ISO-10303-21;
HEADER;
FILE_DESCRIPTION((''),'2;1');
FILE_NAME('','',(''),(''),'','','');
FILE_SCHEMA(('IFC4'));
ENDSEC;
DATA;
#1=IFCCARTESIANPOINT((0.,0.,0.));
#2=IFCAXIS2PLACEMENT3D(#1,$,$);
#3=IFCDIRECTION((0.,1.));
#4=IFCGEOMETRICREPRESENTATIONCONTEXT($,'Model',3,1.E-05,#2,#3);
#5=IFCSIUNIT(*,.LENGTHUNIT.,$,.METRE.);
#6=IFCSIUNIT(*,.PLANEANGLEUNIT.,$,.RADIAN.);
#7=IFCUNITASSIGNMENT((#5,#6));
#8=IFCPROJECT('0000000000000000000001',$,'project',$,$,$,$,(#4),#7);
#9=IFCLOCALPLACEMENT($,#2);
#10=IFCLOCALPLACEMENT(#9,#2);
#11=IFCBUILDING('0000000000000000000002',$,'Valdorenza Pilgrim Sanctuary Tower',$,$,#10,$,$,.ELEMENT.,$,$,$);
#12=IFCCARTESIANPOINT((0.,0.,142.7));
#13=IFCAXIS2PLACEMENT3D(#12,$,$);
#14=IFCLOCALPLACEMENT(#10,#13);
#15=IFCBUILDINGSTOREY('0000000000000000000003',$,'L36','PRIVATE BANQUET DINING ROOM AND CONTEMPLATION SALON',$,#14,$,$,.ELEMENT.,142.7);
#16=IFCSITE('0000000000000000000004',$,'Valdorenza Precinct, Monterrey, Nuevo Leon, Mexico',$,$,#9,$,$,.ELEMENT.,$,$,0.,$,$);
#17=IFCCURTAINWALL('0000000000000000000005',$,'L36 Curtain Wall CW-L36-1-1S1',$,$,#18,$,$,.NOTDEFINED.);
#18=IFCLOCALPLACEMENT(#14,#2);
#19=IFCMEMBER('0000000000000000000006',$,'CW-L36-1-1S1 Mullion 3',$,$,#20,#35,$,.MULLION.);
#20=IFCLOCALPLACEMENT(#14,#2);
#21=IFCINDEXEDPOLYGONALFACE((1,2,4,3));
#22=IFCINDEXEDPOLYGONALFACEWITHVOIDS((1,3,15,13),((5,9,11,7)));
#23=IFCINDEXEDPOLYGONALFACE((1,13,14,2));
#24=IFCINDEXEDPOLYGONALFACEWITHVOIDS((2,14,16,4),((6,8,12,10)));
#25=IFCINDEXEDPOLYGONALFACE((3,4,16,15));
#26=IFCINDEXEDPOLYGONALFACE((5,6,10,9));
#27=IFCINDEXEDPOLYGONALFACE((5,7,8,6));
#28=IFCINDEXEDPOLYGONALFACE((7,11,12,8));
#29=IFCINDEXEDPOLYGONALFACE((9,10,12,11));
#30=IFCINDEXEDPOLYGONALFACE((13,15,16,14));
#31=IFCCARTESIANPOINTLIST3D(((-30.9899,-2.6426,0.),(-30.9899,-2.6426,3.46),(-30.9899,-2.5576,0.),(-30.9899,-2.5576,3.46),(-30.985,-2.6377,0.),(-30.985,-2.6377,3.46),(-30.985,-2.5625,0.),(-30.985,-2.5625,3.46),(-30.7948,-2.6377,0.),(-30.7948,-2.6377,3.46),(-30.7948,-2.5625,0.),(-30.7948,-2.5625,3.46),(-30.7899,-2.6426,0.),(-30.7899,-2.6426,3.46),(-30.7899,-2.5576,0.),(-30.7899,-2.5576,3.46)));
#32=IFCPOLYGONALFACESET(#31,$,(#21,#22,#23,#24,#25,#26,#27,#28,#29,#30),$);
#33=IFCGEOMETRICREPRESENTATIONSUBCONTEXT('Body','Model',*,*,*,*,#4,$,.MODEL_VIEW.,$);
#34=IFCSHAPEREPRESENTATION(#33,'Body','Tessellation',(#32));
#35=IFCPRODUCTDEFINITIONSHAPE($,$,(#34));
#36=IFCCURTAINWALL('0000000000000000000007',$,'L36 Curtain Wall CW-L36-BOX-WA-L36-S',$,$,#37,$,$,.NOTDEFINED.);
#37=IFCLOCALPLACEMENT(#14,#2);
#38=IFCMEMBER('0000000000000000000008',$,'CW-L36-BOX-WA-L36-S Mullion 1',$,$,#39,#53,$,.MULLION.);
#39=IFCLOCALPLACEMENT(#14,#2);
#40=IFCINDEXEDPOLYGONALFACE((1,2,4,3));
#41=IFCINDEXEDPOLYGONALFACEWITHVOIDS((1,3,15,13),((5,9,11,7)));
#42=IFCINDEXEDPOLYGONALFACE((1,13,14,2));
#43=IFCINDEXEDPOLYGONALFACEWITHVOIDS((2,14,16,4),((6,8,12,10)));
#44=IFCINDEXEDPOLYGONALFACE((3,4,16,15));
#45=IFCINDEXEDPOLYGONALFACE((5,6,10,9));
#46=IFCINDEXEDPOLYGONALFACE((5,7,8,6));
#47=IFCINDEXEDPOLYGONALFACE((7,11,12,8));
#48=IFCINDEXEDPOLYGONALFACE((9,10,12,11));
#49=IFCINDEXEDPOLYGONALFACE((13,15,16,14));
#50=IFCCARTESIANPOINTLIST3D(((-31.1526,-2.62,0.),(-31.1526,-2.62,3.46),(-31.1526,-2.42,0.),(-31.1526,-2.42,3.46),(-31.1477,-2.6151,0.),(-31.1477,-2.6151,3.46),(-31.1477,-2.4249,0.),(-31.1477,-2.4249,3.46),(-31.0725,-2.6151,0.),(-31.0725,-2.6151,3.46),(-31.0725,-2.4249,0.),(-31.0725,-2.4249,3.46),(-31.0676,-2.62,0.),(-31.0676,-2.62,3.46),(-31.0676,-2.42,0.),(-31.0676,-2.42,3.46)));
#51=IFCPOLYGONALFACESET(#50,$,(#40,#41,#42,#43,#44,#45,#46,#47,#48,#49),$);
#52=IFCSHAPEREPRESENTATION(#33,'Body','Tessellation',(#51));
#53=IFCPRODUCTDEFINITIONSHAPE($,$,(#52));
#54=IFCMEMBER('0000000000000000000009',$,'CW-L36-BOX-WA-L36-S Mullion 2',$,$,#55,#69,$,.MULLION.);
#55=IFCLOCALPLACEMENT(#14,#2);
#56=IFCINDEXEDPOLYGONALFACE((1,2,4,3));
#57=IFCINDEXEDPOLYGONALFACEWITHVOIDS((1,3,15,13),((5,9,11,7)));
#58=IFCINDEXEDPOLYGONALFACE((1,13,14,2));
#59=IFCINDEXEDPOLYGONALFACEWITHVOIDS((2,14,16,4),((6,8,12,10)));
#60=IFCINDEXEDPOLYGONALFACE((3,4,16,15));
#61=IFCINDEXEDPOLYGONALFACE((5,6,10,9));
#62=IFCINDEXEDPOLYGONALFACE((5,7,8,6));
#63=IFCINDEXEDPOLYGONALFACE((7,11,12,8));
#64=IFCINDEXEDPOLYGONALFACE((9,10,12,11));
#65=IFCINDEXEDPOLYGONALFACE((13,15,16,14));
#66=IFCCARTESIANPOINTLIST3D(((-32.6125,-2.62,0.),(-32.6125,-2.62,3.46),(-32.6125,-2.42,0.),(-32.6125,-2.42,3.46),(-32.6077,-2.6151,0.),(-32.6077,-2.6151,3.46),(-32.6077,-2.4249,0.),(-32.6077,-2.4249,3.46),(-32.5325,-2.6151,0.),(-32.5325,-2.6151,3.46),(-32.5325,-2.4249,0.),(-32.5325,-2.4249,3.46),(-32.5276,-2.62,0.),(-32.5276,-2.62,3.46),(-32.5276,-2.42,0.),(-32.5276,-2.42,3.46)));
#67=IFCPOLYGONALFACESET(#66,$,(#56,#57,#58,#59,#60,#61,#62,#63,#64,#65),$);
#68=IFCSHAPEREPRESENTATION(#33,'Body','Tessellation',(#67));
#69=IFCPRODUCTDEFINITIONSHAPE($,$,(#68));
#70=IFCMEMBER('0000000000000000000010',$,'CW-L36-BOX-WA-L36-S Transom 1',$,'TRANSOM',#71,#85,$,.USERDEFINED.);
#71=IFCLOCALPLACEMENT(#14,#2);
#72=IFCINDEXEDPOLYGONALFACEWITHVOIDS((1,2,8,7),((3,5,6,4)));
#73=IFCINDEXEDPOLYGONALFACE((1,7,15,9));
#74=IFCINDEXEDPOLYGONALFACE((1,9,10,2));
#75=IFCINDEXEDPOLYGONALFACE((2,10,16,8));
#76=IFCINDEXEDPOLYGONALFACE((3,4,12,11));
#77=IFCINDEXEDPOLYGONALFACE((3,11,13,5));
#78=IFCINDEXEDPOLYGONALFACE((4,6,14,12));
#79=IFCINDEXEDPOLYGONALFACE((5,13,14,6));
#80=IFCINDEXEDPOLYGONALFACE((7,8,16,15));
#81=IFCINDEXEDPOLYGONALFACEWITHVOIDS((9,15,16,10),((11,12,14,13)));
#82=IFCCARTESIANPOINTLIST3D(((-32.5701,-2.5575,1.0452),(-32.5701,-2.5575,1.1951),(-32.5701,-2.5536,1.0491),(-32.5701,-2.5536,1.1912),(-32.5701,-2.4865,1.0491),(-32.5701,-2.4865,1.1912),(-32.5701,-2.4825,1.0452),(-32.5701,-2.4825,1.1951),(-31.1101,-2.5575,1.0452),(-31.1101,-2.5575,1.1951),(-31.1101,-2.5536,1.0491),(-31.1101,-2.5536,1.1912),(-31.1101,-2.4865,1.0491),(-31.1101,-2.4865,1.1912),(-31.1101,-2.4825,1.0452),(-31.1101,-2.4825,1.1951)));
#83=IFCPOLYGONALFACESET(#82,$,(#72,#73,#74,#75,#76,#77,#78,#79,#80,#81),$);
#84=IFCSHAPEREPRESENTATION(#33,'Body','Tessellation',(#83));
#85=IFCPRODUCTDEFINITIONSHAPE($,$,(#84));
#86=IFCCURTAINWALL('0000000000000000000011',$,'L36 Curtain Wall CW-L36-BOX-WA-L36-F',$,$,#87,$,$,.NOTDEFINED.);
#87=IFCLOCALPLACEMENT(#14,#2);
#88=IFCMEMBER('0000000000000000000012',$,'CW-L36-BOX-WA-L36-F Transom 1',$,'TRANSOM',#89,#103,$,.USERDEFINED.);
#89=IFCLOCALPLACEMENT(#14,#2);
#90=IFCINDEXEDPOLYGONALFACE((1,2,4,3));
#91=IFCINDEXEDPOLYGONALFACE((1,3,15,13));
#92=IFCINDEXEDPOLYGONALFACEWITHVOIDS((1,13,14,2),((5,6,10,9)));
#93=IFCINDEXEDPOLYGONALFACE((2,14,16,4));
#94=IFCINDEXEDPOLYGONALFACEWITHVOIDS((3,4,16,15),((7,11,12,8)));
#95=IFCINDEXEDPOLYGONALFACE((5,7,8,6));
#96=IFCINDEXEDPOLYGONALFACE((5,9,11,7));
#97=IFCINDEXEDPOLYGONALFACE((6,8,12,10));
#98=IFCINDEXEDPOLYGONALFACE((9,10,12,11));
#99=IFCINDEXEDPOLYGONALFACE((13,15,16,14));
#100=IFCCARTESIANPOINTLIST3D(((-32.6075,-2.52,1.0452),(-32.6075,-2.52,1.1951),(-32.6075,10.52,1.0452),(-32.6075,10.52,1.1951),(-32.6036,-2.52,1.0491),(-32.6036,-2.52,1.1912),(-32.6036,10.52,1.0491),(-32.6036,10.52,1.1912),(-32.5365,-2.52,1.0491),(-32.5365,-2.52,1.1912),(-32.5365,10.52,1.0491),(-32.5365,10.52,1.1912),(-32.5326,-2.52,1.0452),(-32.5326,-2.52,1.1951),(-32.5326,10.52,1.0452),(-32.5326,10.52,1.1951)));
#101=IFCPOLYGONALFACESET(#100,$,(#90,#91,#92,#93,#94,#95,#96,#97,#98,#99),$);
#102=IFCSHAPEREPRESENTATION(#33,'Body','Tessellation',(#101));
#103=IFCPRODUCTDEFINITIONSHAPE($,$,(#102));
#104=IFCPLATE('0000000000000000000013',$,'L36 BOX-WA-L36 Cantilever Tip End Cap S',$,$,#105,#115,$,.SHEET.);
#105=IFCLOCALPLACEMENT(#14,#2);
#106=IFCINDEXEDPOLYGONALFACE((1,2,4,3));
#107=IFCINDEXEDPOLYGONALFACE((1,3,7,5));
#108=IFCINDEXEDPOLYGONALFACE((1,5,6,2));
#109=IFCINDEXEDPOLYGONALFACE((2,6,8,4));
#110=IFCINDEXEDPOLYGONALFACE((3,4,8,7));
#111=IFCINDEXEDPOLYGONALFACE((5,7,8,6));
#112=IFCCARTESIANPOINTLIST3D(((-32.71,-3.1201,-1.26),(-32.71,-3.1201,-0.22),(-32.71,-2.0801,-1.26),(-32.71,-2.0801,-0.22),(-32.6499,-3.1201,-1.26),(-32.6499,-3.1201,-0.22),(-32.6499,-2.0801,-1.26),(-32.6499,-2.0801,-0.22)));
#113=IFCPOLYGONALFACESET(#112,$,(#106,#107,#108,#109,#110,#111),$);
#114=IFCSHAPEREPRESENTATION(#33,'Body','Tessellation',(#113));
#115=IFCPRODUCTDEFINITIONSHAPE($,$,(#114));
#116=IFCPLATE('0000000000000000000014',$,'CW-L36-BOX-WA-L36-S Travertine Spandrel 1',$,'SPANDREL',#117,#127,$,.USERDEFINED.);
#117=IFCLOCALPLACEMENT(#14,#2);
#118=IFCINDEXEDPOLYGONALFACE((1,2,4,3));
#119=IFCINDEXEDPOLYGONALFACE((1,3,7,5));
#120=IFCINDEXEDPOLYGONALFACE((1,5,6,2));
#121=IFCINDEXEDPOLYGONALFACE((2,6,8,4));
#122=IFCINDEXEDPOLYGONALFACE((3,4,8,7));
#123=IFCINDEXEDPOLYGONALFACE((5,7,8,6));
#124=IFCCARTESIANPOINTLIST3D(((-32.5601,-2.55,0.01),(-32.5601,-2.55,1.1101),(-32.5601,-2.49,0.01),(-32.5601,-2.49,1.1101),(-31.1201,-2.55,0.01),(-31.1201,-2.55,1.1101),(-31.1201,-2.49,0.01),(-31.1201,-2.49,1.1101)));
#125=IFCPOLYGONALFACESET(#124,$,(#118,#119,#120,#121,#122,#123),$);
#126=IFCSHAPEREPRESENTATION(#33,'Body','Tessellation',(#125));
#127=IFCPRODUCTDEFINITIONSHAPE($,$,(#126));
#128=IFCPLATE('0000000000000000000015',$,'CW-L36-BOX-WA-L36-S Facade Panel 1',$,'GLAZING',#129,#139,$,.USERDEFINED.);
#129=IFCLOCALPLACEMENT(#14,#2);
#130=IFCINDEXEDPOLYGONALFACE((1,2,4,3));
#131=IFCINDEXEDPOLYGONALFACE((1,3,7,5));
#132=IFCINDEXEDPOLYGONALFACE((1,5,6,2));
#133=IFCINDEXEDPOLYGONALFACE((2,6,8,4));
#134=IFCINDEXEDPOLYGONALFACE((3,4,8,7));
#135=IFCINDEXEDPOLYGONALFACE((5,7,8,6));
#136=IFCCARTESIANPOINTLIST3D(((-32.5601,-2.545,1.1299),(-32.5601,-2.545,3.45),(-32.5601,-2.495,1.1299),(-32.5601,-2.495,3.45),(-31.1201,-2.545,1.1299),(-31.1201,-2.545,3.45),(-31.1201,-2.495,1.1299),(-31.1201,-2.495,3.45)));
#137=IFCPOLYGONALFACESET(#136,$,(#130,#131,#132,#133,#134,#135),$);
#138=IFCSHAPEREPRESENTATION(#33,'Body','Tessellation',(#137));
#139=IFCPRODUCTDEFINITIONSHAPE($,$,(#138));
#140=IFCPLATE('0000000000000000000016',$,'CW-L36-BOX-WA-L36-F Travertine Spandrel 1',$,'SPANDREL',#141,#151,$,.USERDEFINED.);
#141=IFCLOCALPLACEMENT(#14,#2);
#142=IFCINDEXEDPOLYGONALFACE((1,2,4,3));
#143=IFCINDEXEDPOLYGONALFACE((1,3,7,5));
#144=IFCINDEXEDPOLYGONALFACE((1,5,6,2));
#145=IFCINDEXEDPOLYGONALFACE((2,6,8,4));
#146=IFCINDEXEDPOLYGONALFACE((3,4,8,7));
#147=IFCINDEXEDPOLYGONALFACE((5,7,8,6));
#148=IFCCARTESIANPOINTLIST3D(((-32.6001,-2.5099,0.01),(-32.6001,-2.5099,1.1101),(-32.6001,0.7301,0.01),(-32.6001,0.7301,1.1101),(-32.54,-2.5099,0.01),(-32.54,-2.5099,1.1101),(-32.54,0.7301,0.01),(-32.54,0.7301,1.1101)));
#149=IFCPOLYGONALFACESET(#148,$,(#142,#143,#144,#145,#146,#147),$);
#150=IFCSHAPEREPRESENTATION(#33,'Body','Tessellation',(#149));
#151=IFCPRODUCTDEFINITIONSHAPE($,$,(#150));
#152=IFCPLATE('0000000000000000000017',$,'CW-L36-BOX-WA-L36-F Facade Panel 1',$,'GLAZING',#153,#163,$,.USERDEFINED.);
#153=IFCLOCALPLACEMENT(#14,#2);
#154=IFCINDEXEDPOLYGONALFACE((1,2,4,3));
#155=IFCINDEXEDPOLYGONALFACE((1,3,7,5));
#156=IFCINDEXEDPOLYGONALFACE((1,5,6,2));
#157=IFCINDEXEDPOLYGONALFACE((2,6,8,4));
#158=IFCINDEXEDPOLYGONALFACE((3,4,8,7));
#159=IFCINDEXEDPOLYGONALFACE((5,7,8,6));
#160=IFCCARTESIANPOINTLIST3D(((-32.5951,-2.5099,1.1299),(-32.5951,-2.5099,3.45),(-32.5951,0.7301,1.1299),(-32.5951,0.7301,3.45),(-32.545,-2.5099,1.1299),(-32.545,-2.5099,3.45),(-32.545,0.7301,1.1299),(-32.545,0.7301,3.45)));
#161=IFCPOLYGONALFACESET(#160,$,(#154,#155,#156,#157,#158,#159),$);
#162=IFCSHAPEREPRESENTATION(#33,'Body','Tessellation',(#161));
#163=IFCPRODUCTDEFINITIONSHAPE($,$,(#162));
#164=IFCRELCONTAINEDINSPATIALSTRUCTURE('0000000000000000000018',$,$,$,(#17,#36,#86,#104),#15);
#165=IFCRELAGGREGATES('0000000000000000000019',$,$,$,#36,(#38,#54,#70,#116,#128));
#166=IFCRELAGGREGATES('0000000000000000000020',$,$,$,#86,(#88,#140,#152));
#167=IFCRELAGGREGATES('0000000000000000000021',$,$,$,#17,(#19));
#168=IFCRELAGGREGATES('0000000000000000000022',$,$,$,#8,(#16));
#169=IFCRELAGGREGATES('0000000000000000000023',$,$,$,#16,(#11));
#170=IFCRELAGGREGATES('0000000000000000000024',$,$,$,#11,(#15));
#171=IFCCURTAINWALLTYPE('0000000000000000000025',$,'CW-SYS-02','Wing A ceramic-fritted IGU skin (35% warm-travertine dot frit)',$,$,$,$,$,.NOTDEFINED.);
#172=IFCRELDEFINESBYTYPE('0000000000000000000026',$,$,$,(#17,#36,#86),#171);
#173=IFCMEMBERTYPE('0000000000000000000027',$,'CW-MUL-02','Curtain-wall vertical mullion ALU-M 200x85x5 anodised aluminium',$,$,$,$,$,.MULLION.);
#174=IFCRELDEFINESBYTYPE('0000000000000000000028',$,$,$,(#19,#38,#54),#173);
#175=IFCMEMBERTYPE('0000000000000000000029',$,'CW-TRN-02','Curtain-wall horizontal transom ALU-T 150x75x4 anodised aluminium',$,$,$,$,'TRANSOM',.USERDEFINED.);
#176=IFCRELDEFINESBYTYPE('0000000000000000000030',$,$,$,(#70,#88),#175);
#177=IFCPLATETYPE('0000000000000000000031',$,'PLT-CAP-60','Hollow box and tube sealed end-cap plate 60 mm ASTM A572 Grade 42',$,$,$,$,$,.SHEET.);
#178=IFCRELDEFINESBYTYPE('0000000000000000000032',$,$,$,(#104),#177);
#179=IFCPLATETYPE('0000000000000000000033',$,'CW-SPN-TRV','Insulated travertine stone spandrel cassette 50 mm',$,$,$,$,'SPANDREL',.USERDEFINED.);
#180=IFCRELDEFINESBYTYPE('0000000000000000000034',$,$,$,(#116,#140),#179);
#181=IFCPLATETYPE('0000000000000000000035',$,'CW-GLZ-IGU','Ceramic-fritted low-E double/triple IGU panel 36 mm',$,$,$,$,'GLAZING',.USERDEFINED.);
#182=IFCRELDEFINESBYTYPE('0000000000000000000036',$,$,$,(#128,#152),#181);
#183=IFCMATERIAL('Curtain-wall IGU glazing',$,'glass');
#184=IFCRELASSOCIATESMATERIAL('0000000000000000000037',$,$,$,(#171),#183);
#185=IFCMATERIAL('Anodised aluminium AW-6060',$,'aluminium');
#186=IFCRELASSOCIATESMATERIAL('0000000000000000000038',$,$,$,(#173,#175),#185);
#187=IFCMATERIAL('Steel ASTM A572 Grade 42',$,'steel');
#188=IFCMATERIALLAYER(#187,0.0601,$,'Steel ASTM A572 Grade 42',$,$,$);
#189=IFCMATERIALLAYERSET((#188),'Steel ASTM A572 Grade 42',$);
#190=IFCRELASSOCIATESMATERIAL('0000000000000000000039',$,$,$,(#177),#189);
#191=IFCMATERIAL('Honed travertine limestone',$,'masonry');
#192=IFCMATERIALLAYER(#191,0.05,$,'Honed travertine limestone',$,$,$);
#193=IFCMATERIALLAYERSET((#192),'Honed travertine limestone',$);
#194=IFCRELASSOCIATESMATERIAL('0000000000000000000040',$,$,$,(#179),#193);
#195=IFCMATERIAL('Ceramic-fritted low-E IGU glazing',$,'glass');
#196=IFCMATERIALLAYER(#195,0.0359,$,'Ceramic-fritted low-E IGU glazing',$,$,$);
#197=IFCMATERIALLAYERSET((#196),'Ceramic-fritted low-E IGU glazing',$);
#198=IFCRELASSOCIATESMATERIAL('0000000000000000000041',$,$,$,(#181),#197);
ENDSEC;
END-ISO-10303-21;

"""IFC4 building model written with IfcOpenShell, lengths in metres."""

from ifc_helpers import new_model, si_unit, direction, frame, origin, origin_2d, place, context, subcontext, project, spatial, rectangle, hollow_rectangle, extrude, source, transform, mapped, material, layer, layer_set, material_profile, profile_set, type_object, element, aggregate, save


model = new_model("IFC4")

# Units and contexts
model_context = context("Model", 3, precision=1e-05, world=origin(), true_north=direction((0.0, 1.0)))
body_context = subcontext(model_context, "Body", "Model", "MODEL_VIEW")
ifc_project = project(units=[si_unit("LENGTHUNIT", "METRE"), si_unit("PLANEANGLEUNIT", "RADIAN")], contexts=[model_context])

# Site, building, storey
site_placement = place(None, origin())
site = spatial("IfcSite", under=ifc_project, at=site_placement, Name="Valdorenza Precinct, Monterrey, Nuevo Leon, Mexico", CompositionType="ELEMENT", RefElevation=0.0)
building_placement = place(site_placement, origin())
building = spatial("IfcBuilding", under=site, at=building_placement, Name="Valdorenza Pilgrim Sanctuary Tower", CompositionType="ELEMENT")
storey_placement = place(building_placement, frame((0.0, 0.0, 142.7)))
storey = spatial("IfcBuildingStorey", under=building, at=storey_placement, Name="L36", Description="PRIVATE BANQUET DINING ROOM AND CONTEMPLATION SALON", CompositionType="ELEMENT", Elevation=142.7)

# Shared definitions
ifc_material_1 = material(Name="Steel ASTM A572 Grade 42", Category="steel")

# Curtain walls, members
ifc_material_2 = material(Name="Curtain-wall IGU glazing", Category="glass")
curtain_wall_type = type_object("IfcCurtainWallType", Name="CW-SYS-02", Description="Wing A ceramic-fritted IGU skin (35% warm-travertine dot frit)", PredefinedType="NOTDEFINED", material=ifc_material_2)
curtain_wall_1_placement = place(storey_placement, origin())
curtain_wall_1 = element("IfcCurtainWall", 1, at=curtain_wall_1_placement, inside=storey, type_object=curtain_wall_type, Name="L36 Curtain Wall CW-L36-1-1S1", PredefinedType="NOTDEFINED")
ifc_material_3 = material(Name="Anodised aluminium AW-6060", Category="aluminium")
ifc_material_profile_1 = material_profile(ifc_material_3, hollow_rectangle(XDim=0.085, YDim=0.2, WallThickness=0.0049, at=origin_2d()), Name="ALU-M 200x85x5")
ifc_profile_set_1 = profile_set([ifc_material_profile_1], Name="Anodised aluminium AW-6060")
member_type_1 = type_object("IfcMemberType", Name="CW-MUL-02", Description="Curtain-wall vertical mullion ALU-M 200x85x5 anodised aluminium", PredefinedType="MULLION", material=ifc_profile_set_1)
shared_shape_1 = source(origin(), body_context, "Body", "SweptSolid", [
    extrude(hollow_rectangle(XDim=0.085, YDim=0.2, WallThickness=0.0049, at=origin_2d()), origin(), (0.0, 0.0, 1.0), 3.46),
])
member_1_placement = place(storey_placement, frame((-30.8899, -2.6001, 0.0), z_axis=(0.0, 0.0, 1.0), x_axis=(0.0, 1.0, 0.0)))
member_1 = element("IfcMember", 2, at=member_1_placement, type_object=member_type_1, Name="CW-L36-1-1S1 Mullion 3", PredefinedType="MULLION", context=body_context, shape_type="MappedRepresentation", body=[
    mapped(shared_shape_1, transform((0.0, 0.0, 0.0), x_axis=(1.0, 0.0, 0.0), y_axis=(0.0, 1.0, 0.0), z_axis=(0.0, 0.0, 1.0), scale=1.0)),
])
curtain_wall_2_placement = place(storey_placement, origin())
curtain_wall_2 = element("IfcCurtainWall", 3, at=curtain_wall_2_placement, inside=storey, type_object=curtain_wall_type, Name="L36 Curtain Wall CW-L36-BOX-WA-L36-S", PredefinedType="NOTDEFINED")
member_2_placement = place(storey_placement, frame((-31.1101, -2.52, 0.0), z_axis=(0.0, 0.0, 1.0), x_axis=(-1.0, 0.0, 0.0)))
member_2 = element("IfcMember", 4, at=member_2_placement, type_object=member_type_1, Name="CW-L36-BOX-WA-L36-S Mullion 1", PredefinedType="MULLION", context=body_context, shape_type="MappedRepresentation", body=[
    mapped(shared_shape_1, transform((0.0, 0.0, 0.0), x_axis=(1.0, 0.0, 0.0), y_axis=(0.0, 1.0, 0.0), z_axis=(0.0, 0.0, 1.0), scale=1.0)),
])
member_3_placement = place(storey_placement, frame((-32.5701, -2.52, 0.0), z_axis=(0.0, 0.0, 1.0), x_axis=(-1.0, 0.0, 0.0)))
member_3 = element("IfcMember", 5, at=member_3_placement, type_object=member_type_1, Name="CW-L36-BOX-WA-L36-S Mullion 2", PredefinedType="MULLION", context=body_context, shape_type="MappedRepresentation", body=[
    mapped(shared_shape_1, transform((0.0, 0.0, 0.0), x_axis=(1.0, 0.0, 0.0), y_axis=(0.0, 1.0, 0.0), z_axis=(0.0, 0.0, 1.0), scale=1.0)),
])
ifc_material_profile_2 = material_profile(ifc_material_3, hollow_rectangle(XDim=0.075, YDim=0.1499, WallThickness=0.0039, at=origin_2d()), Name="ALU-T 150x75x4")
ifc_profile_set_2 = profile_set([ifc_material_profile_2], Name="Anodised aluminium AW-6060")
member_type_2 = type_object("IfcMemberType", Name="CW-TRN-02", Description="Curtain-wall horizontal transom ALU-T 150x75x4 anodised aluminium", ElementType="TRANSOM", PredefinedType="USERDEFINED", material=ifc_profile_set_2)
shared_shape_2 = source(origin(), body_context, "Body", "SweptSolid", [
    extrude(hollow_rectangle(XDim=0.075, YDim=0.1499, WallThickness=0.0039, at=origin_2d()), origin(), (0.0, 0.0, 1.0), 1.46),
])
member_4_placement = place(storey_placement, frame((-31.1101, -2.52, 1.1201), z_axis=(-1.0, 0.0, 0.0), x_axis=(0.0, -1.0, 0.0)))
member_4 = element("IfcMember", 6, at=member_4_placement, type_object=member_type_2, Name="CW-L36-BOX-WA-L36-S Transom 1", ObjectType="TRANSOM", PredefinedType="USERDEFINED", context=body_context, shape_type="MappedRepresentation", body=[
    mapped(shared_shape_2, transform((0.0, 0.0, 0.0), x_axis=(1.0, 0.0, 0.0), y_axis=(0.0, 1.0, 0.0), z_axis=(0.0, 0.0, 1.0), scale=1.0)),
])

# Curtain wall, member
curtain_wall_3_placement = place(storey_placement, origin())
curtain_wall_3 = element("IfcCurtainWall", 7, at=curtain_wall_3_placement, inside=storey, type_object=curtain_wall_type, Name="L36 Curtain Wall CW-L36-BOX-WA-L36-F", PredefinedType="NOTDEFINED")
shared_shape_3 = source(origin(), body_context, "Body", "SweptSolid", [
    extrude(hollow_rectangle(XDim=0.075, YDim=0.1499, WallThickness=0.0039, at=origin_2d()), origin(), (0.0, 0.0, 1.0), 13.04),
])
member_5_placement = place(storey_placement, frame((-32.5701, -2.52, 1.1201), z_axis=(0.0, 1.0, 0.0), x_axis=(-1.0, 0.0, 0.0)))
member_5 = element("IfcMember", 8, at=member_5_placement, type_object=member_type_2, Name="CW-L36-BOX-WA-L36-F Transom 1", ObjectType="TRANSOM", PredefinedType="USERDEFINED", context=body_context, shape_type="MappedRepresentation", body=[
    mapped(shared_shape_3, transform((0.0, 0.0, 0.0), x_axis=(1.0, 0.0, 0.0), y_axis=(0.0, 1.0, 0.0), z_axis=(0.0, 0.0, 1.0), scale=1.0)),
])

# Plates
ifc_layer_1 = layer(ifc_material_1, 0.0601, Name="Steel ASTM A572 Grade 42")
ifc_layer_set_1 = layer_set([ifc_layer_1], Name="Steel ASTM A572 Grade 42")
plate_type_1 = type_object("IfcPlateType", Name="PLT-CAP-60", Description="Hollow box and tube sealed end-cap plate 60 mm ASTM A572 Grade 42", PredefinedType="SHEET", material=ifc_layer_set_1)
shared_shape_4 = source(origin(), body_context, "Body", "SweptSolid", [
    extrude(rectangle(XDim=0.0601, YDim=1.04, at=origin_2d()), origin(), (0.0, 0.0, 1.0), 1.04),
])
plate_1_placement = place(storey_placement, frame((-32.6799, -2.6001, -1.26), z_axis=(0.0, 0.0, 1.0), x_axis=(1.0, 0.0, 0.0)))
element("IfcPlate", 9, at=plate_1_placement, inside=storey, type_object=plate_type_1, Name="L36 BOX-WA-L36 Cantilever Tip End Cap S", PredefinedType="SHEET", context=body_context, shape_type="MappedRepresentation", body=[
    mapped(shared_shape_4, transform((0.0, 0.0, 0.0), x_axis=(1.0, 0.0, 0.0), y_axis=(0.0, 1.0, 0.0), z_axis=(0.0, 0.0, 1.0), scale=1.0)),
])
ifc_material_4 = material(Name="Honed travertine limestone", Category="masonry")
ifc_layer_2 = layer(ifc_material_4, 0.05, Name="Honed travertine limestone")
ifc_layer_set_2 = layer_set([ifc_layer_2], Name="Honed travertine limestone")
plate_type_2 = type_object("IfcPlateType", Name="CW-SPN-TRV", Description="Insulated travertine stone spandrel cassette 50 mm", ElementType="SPANDREL", PredefinedType="USERDEFINED", material=ifc_layer_set_2)
shared_shape_5 = source(origin(), body_context, "Body", "SweptSolid", [
    extrude(rectangle(XDim=1.4399, YDim=0.0601, at=origin_2d()), origin(), (0.0, 0.0, 1.0), 1.1001),
])
plate_2_placement = place(storey_placement, frame((-31.8401, -2.52, 0.01), z_axis=(0.0, 0.0, 1.0), x_axis=(-1.0, 0.0, 0.0)))
plate_2 = element("IfcPlate", 10, at=plate_2_placement, type_object=plate_type_2, Name="CW-L36-BOX-WA-L36-S Travertine Spandrel 1", ObjectType="SPANDREL", PredefinedType="USERDEFINED", context=body_context, shape_type="MappedRepresentation", body=[
    mapped(shared_shape_5, transform((0.0, 0.0, 0.0), x_axis=(1.0, 0.0, 0.0), y_axis=(0.0, 1.0, 0.0), z_axis=(0.0, 0.0, 1.0), scale=1.0)),
])
ifc_material_5 = material(Name="Ceramic-fritted low-E IGU glazing", Category="glass")
ifc_layer_3 = layer(ifc_material_5, 0.0359, Name="Ceramic-fritted low-E IGU glazing")
ifc_layer_set_3 = layer_set([ifc_layer_3], Name="Ceramic-fritted low-E IGU glazing")
plate_type_3 = type_object("IfcPlateType", Name="CW-GLZ-IGU", Description="Ceramic-fritted low-E double/triple IGU panel 36 mm", ElementType="GLAZING", PredefinedType="USERDEFINED", material=ifc_layer_set_3)
shared_shape_6 = source(origin(), body_context, "Body", "SweptSolid", [
    extrude(rectangle(XDim=1.4399, YDim=0.05, at=origin_2d()), origin(), (0.0, 0.0, 1.0), 2.3201),
])
plate_3_placement = place(storey_placement, frame((-31.8401, -2.52, 1.1299), z_axis=(0.0, 0.0, 1.0), x_axis=(-1.0, 0.0, 0.0)))
plate_3 = element("IfcPlate", 11, at=plate_3_placement, type_object=plate_type_3, Name="CW-L36-BOX-WA-L36-S Facade Panel 1", ObjectType="GLAZING", PredefinedType="USERDEFINED", context=body_context, shape_type="MappedRepresentation", body=[
    mapped(shared_shape_6, transform((0.0, 0.0, 0.0), x_axis=(1.0, 0.0, 0.0), y_axis=(0.0, 1.0, 0.0), z_axis=(0.0, 0.0, 1.0), scale=1.0)),
])
aggregate(curtain_wall_2, [member_2, member_3, member_4, plate_2, plate_3])
shared_shape_7 = source(origin(), body_context, "Body", "SweptSolid", [
    extrude(rectangle(XDim=3.24, YDim=0.0601, at=origin_2d()), origin(), (0.0, 0.0, 1.0), 1.1001),
])
plate_4_placement = place(storey_placement, frame((-32.5701, -0.8899, 0.01), z_axis=(0.0, 0.0, 1.0), x_axis=(0.0, 1.0, 0.0)))
plate_4 = element("IfcPlate", 12, at=plate_4_placement, type_object=plate_type_2, Name="CW-L36-BOX-WA-L36-F Travertine Spandrel 1", ObjectType="SPANDREL", PredefinedType="USERDEFINED", context=body_context, shape_type="MappedRepresentation", body=[
    mapped(shared_shape_7, transform((0.0, 0.0, 0.0), x_axis=(1.0, 0.0, 0.0), y_axis=(0.0, 1.0, 0.0), z_axis=(0.0, 0.0, 1.0), scale=1.0)),
])
shared_shape_8 = source(origin(), body_context, "Body", "SweptSolid", [
    extrude(rectangle(XDim=3.24, YDim=0.05, at=origin_2d()), origin(), (0.0, 0.0, 1.0), 2.3201),
])
plate_5_placement = place(storey_placement, frame((-32.5701, -0.8899, 1.1299), z_axis=(0.0, 0.0, 1.0), x_axis=(0.0, 1.0, 0.0)))
plate_5 = element("IfcPlate", 13, at=plate_5_placement, type_object=plate_type_3, Name="CW-L36-BOX-WA-L36-F Facade Panel 1", ObjectType="GLAZING", PredefinedType="USERDEFINED", context=body_context, shape_type="MappedRepresentation", body=[
    mapped(shared_shape_8, transform((0.0, 0.0, 0.0), x_axis=(1.0, 0.0, 0.0), y_axis=(0.0, 1.0, 0.0), z_axis=(0.0, 0.0, 1.0), scale=1.0)),
])
aggregate(curtain_wall_3, [member_5, plate_4, plate_5])
aggregate(curtain_wall_1, [member_1])

save(model, "model.ifc")
